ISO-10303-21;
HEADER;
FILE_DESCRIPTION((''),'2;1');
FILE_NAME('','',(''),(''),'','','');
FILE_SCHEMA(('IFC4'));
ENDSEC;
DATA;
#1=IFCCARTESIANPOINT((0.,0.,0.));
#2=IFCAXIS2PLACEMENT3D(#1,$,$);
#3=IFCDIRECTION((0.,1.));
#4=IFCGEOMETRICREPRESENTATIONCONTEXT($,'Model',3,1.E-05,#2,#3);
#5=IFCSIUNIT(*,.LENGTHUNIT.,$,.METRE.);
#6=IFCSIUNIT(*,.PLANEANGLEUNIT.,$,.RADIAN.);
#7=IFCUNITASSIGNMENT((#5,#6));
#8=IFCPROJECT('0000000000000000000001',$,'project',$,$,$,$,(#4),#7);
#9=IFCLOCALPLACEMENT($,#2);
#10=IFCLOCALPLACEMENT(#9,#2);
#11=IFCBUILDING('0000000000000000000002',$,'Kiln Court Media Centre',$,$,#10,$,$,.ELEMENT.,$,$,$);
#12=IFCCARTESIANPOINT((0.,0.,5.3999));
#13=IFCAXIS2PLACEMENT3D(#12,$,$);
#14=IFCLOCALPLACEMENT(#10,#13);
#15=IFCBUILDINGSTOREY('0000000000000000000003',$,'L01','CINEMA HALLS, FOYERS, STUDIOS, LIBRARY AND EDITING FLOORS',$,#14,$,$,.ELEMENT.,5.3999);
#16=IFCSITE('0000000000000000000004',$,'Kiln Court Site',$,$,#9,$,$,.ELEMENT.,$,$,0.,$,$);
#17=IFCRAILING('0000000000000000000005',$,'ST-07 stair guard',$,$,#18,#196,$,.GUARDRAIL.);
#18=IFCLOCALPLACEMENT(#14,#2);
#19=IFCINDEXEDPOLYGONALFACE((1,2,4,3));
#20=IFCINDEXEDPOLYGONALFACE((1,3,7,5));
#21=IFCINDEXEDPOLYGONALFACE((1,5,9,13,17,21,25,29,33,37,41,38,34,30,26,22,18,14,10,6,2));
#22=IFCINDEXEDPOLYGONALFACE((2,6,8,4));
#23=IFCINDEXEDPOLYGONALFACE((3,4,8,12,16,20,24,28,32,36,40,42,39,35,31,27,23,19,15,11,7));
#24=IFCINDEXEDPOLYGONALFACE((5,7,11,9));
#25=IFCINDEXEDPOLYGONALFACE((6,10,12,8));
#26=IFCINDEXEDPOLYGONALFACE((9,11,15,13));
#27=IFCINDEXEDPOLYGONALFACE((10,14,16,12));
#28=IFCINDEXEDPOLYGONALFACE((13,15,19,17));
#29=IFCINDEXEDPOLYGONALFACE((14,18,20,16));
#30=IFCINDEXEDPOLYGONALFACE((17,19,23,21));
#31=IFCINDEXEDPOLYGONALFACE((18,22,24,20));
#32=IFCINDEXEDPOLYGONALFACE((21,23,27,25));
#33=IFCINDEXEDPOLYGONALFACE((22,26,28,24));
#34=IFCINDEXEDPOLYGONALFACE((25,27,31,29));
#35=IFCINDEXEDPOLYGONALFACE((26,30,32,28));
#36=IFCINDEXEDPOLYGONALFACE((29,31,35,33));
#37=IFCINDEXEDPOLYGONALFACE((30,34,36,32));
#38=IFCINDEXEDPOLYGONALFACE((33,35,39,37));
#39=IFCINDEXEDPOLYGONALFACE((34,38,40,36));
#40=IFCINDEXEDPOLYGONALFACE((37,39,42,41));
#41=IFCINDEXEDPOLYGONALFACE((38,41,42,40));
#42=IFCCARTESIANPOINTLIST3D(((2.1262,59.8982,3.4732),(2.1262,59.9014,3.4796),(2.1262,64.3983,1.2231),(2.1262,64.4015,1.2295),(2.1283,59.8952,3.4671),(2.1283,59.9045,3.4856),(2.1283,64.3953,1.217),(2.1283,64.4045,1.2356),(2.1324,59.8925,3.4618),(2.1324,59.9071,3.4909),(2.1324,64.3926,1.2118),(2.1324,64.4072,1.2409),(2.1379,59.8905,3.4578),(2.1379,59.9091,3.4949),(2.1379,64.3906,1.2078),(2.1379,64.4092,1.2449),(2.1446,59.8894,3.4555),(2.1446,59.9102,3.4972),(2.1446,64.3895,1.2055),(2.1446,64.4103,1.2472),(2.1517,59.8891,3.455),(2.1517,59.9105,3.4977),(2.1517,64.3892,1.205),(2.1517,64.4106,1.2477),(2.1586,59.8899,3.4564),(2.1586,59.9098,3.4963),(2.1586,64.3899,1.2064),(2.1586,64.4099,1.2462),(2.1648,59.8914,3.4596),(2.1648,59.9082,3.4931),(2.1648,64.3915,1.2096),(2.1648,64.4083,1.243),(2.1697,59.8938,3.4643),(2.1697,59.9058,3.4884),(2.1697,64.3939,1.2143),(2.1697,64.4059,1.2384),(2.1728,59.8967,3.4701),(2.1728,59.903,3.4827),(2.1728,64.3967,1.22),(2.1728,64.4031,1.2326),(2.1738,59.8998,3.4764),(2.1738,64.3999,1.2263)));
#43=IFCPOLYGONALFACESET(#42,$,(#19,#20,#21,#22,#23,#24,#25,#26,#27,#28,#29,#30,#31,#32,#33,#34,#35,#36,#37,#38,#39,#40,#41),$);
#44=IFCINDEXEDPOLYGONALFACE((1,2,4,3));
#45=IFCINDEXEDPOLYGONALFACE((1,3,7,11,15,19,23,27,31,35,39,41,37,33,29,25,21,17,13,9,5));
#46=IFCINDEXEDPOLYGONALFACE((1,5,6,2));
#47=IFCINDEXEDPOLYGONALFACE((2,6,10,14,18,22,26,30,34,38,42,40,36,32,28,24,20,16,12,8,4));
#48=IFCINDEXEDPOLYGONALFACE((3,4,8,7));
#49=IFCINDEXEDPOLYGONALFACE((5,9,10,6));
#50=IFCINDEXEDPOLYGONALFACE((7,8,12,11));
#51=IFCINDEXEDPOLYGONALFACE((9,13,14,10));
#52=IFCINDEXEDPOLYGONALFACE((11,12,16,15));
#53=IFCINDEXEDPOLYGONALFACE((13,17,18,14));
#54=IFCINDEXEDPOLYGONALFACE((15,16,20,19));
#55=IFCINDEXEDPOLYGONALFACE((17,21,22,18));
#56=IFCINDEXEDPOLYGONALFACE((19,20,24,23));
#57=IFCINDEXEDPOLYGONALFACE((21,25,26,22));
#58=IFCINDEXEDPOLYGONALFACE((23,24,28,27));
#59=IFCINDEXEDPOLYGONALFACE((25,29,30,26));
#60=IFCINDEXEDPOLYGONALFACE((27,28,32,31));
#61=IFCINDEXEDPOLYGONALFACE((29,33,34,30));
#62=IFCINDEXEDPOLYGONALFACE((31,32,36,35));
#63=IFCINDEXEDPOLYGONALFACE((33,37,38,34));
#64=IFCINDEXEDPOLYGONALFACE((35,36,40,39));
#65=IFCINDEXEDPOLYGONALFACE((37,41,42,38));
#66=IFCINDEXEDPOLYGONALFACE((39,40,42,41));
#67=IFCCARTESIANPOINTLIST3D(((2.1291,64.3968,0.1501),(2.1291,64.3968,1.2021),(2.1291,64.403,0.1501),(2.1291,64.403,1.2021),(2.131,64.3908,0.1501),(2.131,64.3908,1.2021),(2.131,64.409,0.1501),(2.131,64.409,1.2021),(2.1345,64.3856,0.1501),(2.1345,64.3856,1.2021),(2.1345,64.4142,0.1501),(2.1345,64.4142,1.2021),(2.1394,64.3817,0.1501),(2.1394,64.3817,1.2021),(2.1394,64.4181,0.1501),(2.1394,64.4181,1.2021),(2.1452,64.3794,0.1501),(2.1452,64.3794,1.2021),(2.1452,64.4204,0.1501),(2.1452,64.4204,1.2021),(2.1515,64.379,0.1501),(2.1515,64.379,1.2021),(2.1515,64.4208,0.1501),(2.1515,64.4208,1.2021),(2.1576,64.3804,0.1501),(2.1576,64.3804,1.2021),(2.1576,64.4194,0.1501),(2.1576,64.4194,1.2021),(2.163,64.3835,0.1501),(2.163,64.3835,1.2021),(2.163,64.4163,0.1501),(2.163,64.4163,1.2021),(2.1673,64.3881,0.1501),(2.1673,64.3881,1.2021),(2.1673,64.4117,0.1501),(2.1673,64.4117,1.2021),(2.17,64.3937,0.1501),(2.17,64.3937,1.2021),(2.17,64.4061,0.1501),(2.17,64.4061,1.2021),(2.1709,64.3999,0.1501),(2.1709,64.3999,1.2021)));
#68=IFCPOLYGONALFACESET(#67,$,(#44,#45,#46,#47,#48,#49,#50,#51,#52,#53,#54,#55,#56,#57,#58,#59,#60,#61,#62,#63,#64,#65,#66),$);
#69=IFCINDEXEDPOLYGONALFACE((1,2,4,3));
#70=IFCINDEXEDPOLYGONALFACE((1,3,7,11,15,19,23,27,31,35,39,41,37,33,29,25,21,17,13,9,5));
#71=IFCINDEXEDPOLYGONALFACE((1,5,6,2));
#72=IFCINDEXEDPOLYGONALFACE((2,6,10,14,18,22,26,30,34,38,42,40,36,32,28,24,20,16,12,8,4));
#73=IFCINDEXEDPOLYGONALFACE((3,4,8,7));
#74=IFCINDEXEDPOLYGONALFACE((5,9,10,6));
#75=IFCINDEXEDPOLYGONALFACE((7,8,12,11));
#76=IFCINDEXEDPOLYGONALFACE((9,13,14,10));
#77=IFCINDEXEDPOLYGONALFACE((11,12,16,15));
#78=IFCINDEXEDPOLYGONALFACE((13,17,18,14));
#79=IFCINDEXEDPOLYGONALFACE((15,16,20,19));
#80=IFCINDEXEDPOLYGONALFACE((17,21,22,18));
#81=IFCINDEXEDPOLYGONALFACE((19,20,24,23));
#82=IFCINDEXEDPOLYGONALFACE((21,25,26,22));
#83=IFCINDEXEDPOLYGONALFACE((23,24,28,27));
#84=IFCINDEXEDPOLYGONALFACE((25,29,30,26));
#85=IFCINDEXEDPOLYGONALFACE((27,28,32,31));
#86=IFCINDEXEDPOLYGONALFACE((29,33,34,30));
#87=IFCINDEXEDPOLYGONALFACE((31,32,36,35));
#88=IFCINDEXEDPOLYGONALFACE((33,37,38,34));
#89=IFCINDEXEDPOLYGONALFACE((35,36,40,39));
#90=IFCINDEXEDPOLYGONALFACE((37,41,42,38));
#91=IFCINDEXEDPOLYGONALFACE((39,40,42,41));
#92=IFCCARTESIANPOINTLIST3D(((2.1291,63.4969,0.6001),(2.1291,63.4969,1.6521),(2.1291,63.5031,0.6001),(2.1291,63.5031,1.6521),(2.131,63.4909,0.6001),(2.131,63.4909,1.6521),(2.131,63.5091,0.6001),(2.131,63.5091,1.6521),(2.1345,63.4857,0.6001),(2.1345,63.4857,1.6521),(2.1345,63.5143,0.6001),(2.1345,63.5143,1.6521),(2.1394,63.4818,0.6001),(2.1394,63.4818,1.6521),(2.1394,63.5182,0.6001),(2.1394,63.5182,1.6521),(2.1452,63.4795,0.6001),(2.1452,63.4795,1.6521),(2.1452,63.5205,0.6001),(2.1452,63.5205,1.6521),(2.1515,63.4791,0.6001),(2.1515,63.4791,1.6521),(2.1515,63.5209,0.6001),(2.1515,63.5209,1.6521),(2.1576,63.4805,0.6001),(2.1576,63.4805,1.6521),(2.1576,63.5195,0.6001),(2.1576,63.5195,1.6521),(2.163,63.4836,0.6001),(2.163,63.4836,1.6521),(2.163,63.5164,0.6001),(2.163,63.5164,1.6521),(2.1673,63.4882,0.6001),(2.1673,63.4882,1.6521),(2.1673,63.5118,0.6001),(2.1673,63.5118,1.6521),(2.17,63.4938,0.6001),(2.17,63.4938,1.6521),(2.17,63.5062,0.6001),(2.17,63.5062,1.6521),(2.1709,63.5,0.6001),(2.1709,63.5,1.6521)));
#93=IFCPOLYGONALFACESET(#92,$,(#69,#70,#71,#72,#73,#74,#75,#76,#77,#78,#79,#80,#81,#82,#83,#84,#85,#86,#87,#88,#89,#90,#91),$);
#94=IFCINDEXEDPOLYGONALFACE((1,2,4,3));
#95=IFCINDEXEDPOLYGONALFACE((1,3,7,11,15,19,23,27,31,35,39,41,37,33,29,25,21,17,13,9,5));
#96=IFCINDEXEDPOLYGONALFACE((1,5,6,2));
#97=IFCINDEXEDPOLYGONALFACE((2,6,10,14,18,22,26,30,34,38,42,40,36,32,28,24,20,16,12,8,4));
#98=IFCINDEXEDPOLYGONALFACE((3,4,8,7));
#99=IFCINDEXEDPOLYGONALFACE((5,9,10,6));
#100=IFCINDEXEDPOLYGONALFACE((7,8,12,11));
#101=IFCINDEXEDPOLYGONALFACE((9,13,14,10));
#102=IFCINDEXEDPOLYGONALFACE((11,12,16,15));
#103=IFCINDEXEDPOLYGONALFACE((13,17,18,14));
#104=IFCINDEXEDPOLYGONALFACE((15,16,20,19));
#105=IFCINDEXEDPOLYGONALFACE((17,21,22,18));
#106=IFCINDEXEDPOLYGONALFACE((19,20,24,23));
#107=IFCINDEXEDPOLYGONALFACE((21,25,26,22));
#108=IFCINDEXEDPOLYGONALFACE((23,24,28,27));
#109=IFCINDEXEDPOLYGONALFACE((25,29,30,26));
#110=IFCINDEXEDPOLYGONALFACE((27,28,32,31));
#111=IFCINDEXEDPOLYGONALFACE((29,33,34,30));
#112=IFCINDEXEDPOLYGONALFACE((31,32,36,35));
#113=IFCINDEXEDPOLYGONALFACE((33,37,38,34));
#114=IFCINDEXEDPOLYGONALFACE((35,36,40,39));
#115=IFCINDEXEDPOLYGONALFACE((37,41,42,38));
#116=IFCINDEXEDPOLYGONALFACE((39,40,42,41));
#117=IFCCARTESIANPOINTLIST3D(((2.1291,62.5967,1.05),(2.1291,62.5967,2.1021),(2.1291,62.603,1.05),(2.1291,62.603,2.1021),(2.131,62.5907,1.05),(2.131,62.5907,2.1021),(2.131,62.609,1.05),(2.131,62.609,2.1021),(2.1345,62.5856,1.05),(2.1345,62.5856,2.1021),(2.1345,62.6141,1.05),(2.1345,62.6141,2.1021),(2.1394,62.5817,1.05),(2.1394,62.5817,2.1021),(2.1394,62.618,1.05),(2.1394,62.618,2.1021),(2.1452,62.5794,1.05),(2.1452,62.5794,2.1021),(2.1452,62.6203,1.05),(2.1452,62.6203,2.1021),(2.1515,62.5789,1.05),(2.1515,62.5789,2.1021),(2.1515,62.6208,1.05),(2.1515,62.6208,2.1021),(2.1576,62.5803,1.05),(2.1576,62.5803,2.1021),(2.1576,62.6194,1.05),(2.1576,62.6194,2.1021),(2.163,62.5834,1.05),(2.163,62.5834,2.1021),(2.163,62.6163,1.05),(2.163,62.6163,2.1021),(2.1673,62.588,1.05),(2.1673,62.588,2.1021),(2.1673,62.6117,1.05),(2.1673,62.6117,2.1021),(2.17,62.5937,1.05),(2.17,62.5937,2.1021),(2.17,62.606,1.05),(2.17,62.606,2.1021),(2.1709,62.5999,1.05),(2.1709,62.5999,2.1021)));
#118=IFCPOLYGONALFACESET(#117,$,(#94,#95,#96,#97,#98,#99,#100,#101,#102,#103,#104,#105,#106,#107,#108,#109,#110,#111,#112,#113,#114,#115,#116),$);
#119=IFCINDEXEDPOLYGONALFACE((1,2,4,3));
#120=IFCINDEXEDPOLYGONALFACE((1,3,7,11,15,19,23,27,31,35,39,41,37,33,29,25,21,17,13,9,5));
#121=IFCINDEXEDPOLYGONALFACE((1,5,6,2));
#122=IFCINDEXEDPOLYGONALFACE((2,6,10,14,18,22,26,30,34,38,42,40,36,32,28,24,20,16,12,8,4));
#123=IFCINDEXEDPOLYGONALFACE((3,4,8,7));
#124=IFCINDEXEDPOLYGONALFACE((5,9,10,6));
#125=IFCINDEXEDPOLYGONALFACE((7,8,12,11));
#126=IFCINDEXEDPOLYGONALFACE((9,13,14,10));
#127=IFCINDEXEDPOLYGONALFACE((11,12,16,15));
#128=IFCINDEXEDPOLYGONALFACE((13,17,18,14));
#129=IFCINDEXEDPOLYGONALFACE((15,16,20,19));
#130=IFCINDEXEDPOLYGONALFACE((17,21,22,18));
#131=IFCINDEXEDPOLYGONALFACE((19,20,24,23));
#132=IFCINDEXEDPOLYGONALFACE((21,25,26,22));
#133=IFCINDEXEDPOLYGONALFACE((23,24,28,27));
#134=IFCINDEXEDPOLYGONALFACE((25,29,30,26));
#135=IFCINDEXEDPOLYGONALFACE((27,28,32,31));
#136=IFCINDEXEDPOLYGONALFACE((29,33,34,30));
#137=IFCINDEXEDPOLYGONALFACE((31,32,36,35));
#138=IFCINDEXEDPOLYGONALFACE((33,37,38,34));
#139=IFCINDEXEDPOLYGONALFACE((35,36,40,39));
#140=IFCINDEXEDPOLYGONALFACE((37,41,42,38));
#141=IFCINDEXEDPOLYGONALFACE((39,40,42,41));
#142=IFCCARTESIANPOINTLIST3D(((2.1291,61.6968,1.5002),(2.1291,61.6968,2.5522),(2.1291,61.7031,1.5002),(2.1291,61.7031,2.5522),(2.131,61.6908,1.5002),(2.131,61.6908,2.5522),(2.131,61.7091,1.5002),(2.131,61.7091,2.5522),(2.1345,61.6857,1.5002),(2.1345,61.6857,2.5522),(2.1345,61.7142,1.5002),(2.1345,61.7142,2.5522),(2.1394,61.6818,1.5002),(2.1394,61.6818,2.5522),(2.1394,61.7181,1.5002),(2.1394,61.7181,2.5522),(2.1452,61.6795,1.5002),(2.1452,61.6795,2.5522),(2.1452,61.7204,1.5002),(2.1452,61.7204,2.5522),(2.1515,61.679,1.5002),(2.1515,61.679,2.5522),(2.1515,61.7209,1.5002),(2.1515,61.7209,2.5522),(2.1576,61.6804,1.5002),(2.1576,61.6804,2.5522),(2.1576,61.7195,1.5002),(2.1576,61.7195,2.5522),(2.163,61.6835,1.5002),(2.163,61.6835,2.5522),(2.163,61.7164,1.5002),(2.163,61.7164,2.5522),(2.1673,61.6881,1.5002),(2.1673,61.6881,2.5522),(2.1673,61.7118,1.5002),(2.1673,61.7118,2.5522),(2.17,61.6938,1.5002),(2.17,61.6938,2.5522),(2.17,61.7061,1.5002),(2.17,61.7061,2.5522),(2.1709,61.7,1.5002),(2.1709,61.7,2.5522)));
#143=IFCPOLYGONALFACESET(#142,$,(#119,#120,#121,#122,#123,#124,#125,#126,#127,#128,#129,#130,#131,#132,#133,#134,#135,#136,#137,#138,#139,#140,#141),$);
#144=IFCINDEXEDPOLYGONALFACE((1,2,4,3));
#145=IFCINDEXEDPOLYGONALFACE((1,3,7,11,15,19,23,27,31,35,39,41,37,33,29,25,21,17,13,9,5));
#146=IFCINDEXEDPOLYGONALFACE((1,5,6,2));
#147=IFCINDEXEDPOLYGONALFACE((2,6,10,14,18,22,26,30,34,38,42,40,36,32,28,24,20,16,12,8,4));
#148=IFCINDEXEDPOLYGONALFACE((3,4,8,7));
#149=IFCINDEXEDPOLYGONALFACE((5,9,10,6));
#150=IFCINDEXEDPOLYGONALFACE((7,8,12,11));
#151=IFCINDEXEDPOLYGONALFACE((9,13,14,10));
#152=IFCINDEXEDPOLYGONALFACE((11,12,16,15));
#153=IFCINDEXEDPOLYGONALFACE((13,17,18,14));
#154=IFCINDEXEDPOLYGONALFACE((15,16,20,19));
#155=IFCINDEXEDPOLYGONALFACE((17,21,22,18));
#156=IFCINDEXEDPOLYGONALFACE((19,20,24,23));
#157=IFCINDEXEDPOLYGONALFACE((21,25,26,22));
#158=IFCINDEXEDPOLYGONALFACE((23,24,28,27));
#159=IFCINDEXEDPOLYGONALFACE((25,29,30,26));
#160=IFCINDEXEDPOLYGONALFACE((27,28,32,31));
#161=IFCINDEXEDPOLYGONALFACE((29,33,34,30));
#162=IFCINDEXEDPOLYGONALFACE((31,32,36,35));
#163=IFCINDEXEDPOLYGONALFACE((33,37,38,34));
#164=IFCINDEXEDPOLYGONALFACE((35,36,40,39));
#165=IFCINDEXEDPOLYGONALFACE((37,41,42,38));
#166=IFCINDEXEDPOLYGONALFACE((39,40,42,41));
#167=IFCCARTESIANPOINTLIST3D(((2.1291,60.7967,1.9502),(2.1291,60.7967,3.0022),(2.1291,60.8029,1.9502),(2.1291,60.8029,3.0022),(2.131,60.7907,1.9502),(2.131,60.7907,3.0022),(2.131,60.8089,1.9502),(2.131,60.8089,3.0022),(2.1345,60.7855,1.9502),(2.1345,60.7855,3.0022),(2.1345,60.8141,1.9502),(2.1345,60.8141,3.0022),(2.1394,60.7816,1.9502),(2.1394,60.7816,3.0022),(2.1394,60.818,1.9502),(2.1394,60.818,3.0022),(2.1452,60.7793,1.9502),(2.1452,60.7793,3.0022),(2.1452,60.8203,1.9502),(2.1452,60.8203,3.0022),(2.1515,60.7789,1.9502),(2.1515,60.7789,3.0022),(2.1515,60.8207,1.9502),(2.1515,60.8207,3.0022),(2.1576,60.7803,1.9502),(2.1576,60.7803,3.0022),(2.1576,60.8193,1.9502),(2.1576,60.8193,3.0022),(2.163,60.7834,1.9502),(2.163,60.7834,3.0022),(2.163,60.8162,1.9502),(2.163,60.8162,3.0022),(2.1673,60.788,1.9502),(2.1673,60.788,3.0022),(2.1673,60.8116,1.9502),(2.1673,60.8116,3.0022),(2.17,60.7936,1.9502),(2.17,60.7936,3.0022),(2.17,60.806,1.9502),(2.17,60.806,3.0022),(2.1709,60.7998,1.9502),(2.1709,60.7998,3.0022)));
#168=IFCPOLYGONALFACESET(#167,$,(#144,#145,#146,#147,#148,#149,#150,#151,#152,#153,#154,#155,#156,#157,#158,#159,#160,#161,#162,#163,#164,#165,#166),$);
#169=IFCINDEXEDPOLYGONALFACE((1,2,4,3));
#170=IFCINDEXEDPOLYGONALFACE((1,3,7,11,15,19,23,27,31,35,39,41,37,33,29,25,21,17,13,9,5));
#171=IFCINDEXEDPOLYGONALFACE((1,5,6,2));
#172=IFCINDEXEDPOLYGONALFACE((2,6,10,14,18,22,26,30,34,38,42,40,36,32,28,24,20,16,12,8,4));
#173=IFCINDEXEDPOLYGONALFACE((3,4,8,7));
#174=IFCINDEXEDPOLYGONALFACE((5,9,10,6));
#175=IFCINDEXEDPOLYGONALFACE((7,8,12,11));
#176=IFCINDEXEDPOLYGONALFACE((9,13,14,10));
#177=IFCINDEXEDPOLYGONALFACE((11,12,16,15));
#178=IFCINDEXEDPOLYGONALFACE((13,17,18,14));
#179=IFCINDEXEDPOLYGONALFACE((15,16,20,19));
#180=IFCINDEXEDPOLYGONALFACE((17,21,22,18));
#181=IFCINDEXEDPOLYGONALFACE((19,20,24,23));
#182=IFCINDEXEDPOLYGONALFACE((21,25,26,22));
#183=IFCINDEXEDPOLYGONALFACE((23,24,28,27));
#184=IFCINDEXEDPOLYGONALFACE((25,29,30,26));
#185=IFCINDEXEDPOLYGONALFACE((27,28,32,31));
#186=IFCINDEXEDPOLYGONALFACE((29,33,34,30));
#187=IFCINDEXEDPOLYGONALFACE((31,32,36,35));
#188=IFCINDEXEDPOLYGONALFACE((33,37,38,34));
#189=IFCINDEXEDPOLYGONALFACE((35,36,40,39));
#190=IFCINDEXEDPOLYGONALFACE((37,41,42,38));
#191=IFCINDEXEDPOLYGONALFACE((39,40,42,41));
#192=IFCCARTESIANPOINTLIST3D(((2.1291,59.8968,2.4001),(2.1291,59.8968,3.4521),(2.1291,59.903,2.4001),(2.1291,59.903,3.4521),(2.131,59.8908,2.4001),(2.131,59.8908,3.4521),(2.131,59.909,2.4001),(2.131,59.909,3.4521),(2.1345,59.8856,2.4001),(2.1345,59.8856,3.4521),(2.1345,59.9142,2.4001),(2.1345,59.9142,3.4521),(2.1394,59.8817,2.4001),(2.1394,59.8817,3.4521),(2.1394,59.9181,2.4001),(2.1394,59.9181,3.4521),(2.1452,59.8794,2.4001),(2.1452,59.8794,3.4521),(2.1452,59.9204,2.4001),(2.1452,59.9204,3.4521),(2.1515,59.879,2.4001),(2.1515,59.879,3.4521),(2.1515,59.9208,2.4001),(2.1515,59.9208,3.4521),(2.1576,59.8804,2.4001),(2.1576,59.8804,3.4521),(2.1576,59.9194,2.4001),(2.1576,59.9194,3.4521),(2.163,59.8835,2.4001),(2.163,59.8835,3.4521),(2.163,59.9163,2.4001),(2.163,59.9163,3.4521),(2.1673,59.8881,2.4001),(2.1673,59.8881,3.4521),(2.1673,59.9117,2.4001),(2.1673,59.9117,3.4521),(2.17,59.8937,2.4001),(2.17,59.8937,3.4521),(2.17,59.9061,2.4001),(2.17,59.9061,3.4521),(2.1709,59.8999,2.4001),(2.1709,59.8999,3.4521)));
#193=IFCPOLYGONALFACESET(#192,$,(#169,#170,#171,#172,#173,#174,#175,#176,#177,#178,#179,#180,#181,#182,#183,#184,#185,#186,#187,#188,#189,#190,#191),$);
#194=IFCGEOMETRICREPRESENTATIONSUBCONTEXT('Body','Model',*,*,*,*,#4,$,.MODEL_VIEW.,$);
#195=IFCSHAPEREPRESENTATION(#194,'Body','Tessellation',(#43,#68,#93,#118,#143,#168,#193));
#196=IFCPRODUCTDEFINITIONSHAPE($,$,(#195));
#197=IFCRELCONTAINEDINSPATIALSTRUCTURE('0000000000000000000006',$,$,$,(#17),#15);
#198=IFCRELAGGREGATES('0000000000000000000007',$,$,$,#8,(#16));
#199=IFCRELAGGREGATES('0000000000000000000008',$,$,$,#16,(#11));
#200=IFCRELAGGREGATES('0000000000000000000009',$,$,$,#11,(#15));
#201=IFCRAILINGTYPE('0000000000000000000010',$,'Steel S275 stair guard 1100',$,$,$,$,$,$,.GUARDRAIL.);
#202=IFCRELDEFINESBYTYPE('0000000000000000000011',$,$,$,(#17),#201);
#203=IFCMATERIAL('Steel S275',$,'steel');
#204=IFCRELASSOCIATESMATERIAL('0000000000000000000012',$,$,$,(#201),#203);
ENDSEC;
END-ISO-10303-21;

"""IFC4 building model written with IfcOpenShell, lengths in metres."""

from ifc_helpers import new_model, si_unit, direction, frame, origin, origin_2d, place, context, subcontext, project, spatial, circle, extrude, material, type_object, element, save


model = new_model("IFC4")

# Units and contexts
model_context = context("Model", 3, precision=1e-05, world=origin(), true_north=direction((0.0, 1.0)))
body_context = subcontext(model_context, "Body", "Model", "MODEL_VIEW")
ifc_project = project(units=[si_unit("LENGTHUNIT", "METRE"), si_unit("PLANEANGLEUNIT", "RADIAN")], contexts=[model_context])

# Site, building, storey
site_placement = place(None, origin())
site = spatial("IfcSite", under=ifc_project, at=site_placement, Name="Kiln Court Site", CompositionType="ELEMENT", RefElevation=0.0)
building_placement = place(site_placement, origin())
building = spatial("IfcBuilding", under=site, at=building_placement, Name="Kiln Court Media Centre", CompositionType="ELEMENT")
storey_placement = place(building_placement, frame((0.0, 0.0, 5.3999)))
storey = spatial("IfcBuildingStorey", under=building, at=storey_placement, Name="L01", Description="CINEMA HALLS, FOYERS, STUDIOS, LIBRARY AND EDITING FLOORS", CompositionType="ELEMENT", Elevation=5.3999)

# Railing
ifc_material_1 = material(Name="Steel S275", Category="steel")
railing_type_1 = type_object("IfcRailingType", Name="Steel S275 stair guard 1100", PredefinedType="GUARDRAIL", material=ifc_material_1)
railing_1_placement = place(storey_placement, frame((2.1499, 64.3999, 0.1501)))
element("IfcRailing", 1, at=railing_1_placement, inside=storey, type_object=railing_type_1, Name="ST-07 stair guard", PredefinedType="GUARDRAIL", context=body_context, shape_type="SweptSolid", body=[
    extrude(circle(Radius=0.0239, at=origin_2d()), frame((0.0, 0.0, 1.0762), z_axis=(0.0, -0.894427, 0.447214), x_axis=(1.0, 0.0, 0.0)), (0.0, 0.0, 1.0), 5.0312),
    extrude(circle(Radius=0.021, at=origin_2d()), origin(), (0.0, 0.0, 1.0), 1.052),
    extrude(circle(Radius=0.021, at=origin_2d()), frame((0.0, -0.8999, 0.45)), (0.0, 0.0, 1.0), 1.052),
    extrude(circle(Radius=0.021, at=origin_2d()), frame((0.0, -1.8, 0.8999)), (0.0, 0.0, 1.0), 1.052),
    extrude(circle(Radius=0.021, at=origin_2d()), frame((0.0, -2.7, 1.3501)), (0.0, 0.0, 1.0), 1.052),
    extrude(circle(Radius=0.021, at=origin_2d()), frame((0.0, -3.6001, 1.8)), (0.0, 0.0, 1.0), 1.052),
    extrude(circle(Radius=0.021, at=origin_2d()), frame((0.0, -4.5, 2.25)), (0.0, 0.0, 1.0), 1.052),
])

save(model, "model.ifc")
